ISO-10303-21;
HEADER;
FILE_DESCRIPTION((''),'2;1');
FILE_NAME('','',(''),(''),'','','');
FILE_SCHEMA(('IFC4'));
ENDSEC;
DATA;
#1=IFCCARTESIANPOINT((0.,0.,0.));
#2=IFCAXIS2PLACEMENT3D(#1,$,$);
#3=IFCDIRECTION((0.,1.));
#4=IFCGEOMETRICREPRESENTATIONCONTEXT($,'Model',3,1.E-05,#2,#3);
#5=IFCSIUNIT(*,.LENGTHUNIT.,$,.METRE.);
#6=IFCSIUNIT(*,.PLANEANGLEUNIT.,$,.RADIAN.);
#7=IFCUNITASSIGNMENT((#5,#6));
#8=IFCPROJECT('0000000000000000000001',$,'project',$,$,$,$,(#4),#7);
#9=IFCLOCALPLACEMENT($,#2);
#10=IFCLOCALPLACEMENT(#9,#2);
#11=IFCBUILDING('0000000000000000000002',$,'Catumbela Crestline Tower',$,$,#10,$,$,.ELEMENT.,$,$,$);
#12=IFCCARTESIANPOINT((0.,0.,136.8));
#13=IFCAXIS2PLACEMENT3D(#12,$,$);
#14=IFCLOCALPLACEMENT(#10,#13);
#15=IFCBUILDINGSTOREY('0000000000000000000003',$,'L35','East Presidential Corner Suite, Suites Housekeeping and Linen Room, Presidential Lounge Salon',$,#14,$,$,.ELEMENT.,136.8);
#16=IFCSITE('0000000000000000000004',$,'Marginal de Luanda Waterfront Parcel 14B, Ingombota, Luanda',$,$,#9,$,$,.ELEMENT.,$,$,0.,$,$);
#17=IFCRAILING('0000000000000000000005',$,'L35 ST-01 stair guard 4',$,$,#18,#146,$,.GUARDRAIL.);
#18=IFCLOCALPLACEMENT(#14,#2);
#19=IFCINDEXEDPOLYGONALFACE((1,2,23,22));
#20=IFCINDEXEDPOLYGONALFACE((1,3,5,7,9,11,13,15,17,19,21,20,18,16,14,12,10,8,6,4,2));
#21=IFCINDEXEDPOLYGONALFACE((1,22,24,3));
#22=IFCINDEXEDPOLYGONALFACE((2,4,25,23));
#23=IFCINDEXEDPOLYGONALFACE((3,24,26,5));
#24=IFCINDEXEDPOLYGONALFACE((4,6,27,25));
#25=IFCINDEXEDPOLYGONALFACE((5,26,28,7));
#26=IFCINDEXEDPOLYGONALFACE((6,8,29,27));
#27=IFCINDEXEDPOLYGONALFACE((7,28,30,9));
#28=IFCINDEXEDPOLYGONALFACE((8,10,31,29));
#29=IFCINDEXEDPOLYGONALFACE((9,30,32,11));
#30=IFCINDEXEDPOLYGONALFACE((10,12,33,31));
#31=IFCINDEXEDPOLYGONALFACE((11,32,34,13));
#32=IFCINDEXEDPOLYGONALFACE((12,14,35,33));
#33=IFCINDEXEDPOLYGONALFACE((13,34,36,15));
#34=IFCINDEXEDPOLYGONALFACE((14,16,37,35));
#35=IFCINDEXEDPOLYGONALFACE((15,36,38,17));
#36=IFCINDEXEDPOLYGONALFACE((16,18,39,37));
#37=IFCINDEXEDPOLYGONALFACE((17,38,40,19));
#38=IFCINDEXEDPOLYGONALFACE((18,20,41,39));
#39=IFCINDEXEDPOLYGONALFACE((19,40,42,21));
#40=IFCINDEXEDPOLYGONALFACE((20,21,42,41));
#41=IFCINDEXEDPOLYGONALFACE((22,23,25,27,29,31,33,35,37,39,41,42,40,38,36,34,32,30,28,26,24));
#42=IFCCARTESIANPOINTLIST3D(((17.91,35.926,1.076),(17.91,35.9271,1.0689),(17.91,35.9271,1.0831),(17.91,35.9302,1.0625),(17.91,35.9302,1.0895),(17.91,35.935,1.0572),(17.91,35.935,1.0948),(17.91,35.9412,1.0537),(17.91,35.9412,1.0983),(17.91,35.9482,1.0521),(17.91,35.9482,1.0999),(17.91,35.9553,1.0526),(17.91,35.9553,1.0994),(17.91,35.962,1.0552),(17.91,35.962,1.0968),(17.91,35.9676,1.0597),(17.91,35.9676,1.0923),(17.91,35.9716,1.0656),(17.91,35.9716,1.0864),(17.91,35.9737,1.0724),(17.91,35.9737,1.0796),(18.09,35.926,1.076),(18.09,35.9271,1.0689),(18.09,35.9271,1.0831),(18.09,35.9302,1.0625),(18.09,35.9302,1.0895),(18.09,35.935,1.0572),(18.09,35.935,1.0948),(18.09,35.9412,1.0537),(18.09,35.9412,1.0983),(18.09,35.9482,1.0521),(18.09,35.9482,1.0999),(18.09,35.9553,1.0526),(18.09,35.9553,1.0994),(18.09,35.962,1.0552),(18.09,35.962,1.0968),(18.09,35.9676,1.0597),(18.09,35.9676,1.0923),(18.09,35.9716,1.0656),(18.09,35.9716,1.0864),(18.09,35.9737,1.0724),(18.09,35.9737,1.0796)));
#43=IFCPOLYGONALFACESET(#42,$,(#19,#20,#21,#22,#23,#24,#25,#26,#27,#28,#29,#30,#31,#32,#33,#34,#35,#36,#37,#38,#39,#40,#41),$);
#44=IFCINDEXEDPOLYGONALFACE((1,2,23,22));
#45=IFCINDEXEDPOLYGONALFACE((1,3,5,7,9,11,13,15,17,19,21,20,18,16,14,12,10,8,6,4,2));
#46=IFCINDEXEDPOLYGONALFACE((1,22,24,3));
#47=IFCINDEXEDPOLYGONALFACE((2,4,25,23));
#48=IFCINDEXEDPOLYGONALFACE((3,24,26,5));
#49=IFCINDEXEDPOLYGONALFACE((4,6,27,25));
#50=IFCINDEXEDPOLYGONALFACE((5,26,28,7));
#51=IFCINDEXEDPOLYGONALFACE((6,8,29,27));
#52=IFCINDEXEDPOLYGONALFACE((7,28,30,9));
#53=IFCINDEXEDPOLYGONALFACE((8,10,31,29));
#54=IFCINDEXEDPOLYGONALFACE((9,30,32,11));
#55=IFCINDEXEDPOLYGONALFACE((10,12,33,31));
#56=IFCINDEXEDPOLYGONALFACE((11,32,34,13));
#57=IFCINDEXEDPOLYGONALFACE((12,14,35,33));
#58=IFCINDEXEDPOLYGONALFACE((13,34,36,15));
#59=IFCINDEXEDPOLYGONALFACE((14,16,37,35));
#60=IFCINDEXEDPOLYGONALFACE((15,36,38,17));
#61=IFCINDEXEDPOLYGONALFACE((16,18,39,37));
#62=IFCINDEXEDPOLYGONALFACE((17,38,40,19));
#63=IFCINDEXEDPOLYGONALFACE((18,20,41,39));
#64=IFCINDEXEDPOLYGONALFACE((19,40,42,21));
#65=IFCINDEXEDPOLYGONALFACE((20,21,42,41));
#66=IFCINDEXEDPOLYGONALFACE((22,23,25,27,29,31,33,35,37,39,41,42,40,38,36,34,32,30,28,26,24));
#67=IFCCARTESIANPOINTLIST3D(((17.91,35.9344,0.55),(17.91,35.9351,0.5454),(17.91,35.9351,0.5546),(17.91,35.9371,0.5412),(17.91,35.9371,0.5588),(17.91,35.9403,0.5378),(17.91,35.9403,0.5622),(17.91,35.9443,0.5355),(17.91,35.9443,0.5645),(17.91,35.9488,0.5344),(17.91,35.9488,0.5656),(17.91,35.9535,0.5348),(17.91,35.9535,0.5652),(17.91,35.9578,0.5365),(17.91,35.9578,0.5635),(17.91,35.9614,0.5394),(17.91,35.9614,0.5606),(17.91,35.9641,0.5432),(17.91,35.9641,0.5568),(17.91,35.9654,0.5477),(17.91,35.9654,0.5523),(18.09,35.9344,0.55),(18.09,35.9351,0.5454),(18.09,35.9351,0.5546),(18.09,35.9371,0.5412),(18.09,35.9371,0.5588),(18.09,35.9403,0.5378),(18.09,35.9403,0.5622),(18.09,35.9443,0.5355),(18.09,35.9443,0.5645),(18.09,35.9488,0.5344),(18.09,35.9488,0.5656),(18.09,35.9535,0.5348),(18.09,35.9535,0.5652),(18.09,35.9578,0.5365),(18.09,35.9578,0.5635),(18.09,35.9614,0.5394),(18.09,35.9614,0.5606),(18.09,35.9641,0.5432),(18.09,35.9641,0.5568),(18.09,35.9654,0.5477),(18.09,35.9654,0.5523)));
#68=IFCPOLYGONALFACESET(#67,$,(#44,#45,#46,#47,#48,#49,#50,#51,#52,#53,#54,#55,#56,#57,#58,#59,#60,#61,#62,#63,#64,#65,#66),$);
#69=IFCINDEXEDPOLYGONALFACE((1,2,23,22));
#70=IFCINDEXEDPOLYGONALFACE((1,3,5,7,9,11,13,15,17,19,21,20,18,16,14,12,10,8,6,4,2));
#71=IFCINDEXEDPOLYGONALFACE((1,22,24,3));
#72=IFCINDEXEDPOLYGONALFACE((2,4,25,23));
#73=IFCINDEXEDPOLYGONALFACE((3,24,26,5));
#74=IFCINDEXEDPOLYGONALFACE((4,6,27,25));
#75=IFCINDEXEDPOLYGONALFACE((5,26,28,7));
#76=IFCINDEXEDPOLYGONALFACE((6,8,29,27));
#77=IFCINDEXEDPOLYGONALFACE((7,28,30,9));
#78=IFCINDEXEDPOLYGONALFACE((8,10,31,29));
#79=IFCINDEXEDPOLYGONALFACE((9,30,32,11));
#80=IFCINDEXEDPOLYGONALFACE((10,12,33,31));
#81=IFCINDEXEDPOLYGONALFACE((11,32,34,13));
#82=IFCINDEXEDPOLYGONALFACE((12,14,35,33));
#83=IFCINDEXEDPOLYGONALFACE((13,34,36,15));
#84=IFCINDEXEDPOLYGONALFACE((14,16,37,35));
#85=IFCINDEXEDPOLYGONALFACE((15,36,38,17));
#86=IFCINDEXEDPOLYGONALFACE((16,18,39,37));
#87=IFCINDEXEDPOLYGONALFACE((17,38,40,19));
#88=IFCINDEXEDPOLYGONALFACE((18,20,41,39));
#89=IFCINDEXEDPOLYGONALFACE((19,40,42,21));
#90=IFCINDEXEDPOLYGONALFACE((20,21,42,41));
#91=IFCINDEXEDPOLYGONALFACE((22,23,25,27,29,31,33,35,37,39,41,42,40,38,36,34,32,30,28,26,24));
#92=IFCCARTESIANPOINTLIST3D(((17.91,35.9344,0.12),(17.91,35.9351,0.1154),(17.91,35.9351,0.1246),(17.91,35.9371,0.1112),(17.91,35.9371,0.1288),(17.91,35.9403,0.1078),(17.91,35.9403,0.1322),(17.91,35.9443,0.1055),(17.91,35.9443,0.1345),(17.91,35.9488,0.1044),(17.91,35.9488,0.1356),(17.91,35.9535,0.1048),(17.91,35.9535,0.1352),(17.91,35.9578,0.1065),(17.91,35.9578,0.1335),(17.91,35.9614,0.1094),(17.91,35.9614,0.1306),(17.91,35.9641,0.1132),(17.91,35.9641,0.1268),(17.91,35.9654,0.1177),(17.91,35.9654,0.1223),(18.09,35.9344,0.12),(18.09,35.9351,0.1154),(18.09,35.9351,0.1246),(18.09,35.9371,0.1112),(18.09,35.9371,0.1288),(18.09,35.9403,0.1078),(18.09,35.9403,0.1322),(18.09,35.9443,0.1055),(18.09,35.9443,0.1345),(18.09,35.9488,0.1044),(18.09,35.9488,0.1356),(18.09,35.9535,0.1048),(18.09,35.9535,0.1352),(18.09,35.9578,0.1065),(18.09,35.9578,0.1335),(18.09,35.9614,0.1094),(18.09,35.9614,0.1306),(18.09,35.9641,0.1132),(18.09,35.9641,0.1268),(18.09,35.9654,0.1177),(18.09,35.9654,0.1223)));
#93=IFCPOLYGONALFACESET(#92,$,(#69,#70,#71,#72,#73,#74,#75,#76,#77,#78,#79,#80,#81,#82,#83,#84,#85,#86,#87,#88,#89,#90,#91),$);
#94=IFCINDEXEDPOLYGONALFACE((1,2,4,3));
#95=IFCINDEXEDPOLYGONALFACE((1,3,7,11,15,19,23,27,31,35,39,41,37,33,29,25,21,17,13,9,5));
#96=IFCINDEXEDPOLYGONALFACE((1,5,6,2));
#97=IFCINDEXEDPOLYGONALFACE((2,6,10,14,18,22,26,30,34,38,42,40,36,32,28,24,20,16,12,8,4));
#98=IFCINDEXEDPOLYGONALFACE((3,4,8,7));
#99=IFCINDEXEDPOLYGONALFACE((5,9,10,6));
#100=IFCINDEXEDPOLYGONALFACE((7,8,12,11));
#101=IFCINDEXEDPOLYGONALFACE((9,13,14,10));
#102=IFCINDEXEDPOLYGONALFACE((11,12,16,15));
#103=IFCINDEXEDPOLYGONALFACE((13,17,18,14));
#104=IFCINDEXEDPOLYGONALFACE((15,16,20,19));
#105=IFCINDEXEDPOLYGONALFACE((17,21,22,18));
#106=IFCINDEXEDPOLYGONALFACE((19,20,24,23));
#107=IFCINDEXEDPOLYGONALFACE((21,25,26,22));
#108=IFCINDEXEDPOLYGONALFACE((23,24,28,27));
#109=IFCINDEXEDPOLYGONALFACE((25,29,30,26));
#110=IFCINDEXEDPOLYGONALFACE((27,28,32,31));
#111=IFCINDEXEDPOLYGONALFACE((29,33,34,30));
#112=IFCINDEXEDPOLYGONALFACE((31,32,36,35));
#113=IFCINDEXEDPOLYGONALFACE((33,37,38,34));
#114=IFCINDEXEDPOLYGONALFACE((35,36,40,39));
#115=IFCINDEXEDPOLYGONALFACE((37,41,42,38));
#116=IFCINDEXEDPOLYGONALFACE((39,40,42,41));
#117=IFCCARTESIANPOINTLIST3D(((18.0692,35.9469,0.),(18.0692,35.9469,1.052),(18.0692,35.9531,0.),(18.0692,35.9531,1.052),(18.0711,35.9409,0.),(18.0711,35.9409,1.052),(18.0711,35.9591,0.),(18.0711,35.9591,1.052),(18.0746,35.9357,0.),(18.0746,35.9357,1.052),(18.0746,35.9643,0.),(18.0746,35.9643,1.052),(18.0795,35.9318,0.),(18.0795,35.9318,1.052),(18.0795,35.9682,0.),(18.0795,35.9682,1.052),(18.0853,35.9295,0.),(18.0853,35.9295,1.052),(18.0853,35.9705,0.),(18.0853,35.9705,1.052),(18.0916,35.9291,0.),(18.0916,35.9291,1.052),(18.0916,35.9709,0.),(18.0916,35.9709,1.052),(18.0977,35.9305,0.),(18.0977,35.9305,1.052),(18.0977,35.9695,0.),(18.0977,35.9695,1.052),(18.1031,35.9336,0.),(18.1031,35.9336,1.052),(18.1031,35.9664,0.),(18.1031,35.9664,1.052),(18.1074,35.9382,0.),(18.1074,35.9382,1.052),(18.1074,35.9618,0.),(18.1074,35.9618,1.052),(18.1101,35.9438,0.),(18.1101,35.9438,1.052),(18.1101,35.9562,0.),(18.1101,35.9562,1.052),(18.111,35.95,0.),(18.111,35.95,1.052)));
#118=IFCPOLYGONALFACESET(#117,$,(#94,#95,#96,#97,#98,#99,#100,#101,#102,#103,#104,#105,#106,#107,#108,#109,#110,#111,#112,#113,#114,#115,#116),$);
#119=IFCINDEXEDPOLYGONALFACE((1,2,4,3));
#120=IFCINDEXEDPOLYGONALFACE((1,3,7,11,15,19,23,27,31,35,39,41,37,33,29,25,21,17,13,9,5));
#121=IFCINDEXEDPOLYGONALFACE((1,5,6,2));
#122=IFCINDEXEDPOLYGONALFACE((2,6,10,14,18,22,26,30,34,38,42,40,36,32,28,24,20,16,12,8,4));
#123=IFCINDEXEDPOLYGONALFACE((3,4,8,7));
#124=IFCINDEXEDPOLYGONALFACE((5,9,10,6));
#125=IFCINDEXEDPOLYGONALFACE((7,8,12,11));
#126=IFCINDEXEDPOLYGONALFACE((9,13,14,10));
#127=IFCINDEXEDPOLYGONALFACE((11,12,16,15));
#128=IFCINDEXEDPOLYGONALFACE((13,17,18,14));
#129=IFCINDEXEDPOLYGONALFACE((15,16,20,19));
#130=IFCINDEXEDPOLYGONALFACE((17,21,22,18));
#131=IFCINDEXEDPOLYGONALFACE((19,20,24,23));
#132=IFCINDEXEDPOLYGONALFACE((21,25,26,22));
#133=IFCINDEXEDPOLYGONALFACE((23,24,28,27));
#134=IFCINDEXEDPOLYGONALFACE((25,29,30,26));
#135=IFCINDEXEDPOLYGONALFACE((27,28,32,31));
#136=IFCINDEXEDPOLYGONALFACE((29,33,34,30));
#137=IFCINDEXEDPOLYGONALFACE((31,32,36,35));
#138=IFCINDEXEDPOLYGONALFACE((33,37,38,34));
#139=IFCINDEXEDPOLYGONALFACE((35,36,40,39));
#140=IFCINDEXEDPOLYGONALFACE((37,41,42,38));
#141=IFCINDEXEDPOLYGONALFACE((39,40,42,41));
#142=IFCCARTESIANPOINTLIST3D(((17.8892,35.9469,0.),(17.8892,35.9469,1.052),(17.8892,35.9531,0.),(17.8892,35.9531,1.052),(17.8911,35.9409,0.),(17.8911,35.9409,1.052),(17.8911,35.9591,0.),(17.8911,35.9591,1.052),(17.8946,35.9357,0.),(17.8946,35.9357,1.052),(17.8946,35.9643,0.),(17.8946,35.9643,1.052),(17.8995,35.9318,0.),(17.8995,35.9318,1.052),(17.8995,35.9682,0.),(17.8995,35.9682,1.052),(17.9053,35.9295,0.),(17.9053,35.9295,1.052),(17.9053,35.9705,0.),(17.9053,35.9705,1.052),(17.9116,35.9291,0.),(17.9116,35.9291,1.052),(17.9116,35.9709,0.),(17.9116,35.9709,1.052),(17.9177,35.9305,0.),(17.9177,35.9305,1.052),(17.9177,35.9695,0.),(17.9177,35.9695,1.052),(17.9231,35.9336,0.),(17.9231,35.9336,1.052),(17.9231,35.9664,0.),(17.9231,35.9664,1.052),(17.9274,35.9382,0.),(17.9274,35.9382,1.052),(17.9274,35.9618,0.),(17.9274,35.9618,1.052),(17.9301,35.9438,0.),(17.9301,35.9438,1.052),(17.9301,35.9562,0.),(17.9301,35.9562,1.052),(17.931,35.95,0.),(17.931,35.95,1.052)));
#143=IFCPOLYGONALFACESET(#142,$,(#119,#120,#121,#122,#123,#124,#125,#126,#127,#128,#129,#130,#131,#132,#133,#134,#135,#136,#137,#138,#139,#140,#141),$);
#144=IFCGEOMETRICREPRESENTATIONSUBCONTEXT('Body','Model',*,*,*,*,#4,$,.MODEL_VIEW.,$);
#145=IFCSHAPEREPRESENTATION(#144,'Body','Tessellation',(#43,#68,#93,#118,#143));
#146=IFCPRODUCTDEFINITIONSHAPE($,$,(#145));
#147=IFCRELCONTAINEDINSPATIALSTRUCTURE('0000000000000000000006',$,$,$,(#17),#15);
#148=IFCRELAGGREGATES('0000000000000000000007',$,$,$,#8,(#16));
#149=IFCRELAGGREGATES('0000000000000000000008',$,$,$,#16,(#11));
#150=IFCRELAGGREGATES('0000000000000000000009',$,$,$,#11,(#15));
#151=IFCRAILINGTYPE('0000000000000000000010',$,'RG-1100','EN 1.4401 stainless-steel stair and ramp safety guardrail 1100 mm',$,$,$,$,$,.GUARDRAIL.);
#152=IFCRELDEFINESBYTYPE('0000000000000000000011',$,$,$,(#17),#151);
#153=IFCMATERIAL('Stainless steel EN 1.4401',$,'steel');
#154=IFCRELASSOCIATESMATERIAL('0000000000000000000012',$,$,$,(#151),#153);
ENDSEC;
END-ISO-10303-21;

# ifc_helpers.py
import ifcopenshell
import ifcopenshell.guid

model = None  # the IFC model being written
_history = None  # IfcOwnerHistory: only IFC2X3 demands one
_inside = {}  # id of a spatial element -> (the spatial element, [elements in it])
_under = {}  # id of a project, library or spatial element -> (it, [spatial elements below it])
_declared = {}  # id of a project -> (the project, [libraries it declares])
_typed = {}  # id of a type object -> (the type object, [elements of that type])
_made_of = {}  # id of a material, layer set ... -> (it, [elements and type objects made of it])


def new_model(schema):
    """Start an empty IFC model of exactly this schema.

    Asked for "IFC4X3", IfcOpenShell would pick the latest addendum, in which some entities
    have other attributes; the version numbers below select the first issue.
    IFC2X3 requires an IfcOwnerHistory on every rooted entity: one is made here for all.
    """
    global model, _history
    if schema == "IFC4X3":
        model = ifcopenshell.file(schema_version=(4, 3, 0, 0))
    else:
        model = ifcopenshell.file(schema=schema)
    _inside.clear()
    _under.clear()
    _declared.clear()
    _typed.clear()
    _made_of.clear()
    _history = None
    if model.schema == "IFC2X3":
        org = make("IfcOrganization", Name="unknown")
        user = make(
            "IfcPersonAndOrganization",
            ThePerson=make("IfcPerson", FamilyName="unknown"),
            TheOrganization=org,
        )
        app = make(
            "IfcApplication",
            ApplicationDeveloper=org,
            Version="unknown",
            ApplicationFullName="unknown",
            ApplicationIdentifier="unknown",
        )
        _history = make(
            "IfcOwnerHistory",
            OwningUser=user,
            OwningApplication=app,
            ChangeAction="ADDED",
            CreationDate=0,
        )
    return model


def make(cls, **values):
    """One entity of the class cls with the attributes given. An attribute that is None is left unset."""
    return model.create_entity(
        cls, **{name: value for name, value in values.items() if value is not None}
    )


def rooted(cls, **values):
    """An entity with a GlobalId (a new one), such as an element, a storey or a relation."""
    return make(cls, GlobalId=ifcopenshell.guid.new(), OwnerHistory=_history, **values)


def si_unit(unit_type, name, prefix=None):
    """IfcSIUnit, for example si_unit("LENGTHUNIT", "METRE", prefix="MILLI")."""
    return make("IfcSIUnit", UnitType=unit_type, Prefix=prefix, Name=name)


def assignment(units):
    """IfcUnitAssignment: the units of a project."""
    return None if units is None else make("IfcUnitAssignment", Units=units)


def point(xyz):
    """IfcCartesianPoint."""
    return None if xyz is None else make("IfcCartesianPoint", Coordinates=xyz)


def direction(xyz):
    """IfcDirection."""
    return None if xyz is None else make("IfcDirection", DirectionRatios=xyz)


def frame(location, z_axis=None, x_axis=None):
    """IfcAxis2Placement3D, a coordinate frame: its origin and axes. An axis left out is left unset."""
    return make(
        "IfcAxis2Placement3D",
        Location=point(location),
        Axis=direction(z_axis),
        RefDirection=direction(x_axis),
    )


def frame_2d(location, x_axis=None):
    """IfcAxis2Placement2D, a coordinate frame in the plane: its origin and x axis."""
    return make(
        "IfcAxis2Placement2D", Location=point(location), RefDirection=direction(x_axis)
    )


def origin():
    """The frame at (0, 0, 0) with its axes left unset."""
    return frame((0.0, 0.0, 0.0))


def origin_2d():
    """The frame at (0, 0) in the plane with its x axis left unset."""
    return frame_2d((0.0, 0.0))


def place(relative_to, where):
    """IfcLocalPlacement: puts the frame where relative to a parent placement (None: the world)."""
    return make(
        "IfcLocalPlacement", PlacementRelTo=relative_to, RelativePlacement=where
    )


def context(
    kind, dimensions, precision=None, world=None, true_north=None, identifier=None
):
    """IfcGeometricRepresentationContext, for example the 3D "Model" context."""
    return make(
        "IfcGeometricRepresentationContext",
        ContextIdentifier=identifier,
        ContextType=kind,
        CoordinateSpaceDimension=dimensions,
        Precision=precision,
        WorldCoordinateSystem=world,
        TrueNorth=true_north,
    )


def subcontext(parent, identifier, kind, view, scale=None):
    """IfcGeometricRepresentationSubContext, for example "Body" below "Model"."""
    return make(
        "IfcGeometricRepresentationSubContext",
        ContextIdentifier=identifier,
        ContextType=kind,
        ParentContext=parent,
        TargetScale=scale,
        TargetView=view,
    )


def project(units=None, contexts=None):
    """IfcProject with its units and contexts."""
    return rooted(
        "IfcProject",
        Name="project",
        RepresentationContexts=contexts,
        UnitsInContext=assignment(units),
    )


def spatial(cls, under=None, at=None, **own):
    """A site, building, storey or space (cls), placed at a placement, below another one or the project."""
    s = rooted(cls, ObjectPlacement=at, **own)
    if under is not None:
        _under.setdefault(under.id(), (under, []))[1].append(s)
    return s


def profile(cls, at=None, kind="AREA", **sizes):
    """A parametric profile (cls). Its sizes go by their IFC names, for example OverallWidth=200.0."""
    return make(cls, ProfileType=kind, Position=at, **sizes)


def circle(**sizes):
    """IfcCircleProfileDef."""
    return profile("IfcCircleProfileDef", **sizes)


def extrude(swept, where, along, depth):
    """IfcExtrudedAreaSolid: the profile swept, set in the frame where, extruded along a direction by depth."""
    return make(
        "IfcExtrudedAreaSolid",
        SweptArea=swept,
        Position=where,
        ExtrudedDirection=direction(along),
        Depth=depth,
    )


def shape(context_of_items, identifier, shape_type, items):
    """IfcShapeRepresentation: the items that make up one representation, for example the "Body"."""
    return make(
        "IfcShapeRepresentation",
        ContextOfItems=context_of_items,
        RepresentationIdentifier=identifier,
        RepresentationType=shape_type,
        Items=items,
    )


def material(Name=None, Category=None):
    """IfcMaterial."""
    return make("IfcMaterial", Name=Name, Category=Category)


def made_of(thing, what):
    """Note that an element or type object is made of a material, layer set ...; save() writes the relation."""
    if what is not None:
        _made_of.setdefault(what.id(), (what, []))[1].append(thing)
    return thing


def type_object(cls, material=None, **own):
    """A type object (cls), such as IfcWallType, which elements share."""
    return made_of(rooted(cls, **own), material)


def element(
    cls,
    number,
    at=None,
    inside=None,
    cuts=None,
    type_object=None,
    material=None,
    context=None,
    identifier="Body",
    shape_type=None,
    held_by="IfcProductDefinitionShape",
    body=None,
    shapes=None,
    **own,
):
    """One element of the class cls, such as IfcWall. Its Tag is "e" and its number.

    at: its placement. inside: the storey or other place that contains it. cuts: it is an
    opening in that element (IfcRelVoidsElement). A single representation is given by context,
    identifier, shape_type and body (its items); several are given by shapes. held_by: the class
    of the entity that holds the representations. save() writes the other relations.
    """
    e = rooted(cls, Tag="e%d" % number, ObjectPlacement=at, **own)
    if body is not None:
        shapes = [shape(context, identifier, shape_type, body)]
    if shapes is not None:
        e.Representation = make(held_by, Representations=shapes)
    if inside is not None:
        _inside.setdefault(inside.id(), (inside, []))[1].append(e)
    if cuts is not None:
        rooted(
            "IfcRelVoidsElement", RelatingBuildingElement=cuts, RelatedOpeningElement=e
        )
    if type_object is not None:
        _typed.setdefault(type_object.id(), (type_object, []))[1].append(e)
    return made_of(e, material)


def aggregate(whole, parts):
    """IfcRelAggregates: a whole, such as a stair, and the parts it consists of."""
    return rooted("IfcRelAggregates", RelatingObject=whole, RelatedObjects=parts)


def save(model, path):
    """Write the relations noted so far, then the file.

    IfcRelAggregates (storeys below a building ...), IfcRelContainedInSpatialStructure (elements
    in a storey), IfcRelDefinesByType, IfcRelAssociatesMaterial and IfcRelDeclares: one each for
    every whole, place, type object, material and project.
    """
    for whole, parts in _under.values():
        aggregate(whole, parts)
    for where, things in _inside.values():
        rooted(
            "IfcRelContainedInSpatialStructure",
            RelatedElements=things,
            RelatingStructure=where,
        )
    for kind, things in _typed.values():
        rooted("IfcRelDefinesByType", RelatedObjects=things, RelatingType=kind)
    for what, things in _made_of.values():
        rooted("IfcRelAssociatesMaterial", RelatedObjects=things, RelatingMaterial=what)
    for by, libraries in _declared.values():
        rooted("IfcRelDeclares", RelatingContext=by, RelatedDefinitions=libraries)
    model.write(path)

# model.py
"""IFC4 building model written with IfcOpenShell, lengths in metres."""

from ifc_helpers import new_model, si_unit, direction, frame, origin, origin_2d, place, context, subcontext, project, spatial, circle, extrude, material, type_object, element, save


model = new_model("IFC4")

# Units and contexts
model_context = context("Model", 3, precision=1e-05, world=origin(), true_north=direction((0.0, 1.0)))
body_context = subcontext(model_context, "Body", "Model", "MODEL_VIEW")
ifc_project = project(units=[si_unit("LENGTHUNIT", "METRE"), si_unit("PLANEANGLEUNIT", "RADIAN")], contexts=[model_context])

# Site, building, storey
site_placement = place(None, origin())
site = spatial("IfcSite", under=ifc_project, at=site_placement, Name="Marginal de Luanda Waterfront Parcel 14B, Ingombota, Luanda", CompositionType="ELEMENT", RefElevation=0.0)
building_placement = place(site_placement, origin())
building = spatial("IfcBuilding", under=site, at=building_placement, Name="Catumbela Crestline Tower", CompositionType="ELEMENT")
storey_placement = place(building_placement, frame((0.0, 0.0, 136.8)))
storey = spatial("IfcBuildingStorey", under=building, at=storey_placement, Name="L35", Description="East Presidential Corner Suite, Suites Housekeeping and Linen Room, Presidential Lounge Salon", CompositionType="ELEMENT", Elevation=136.8)

# Shared definitions
ifc_material_1 = material(Name="Stainless steel EN 1.4401", Category="steel")

# Railing
railing_type = type_object("IfcRailingType", Name="RG-1100", Description="EN 1.4401 stainless-steel stair and ramp safety guardrail 1100 mm", PredefinedType="GUARDRAIL", material=ifc_material_1)
railing_1_placement = place(storey_placement, frame((18.09, 35.95, 0.0)))
element("IfcRailing", 1, at=railing_1_placement, inside=storey, type_object=railing_type, Name="L35 ST-01 stair guard 4", PredefinedType="GUARDRAIL", context=body_context, shape_type="SweptSolid", body=[
    extrude(circle(Radius=0.024, at=origin_2d()), frame((0.0, 0.0, 1.076), z_axis=(-1.0, 0.0, 0.0), x_axis=(0.0, -1.0, 0.0)), (0.0, 0.0, 1.0), 0.18),
    extrude(circle(Radius=0.0156, at=origin_2d()), frame((0.0, 0.0, 0.55), z_axis=(-1.0, 0.0, 0.0), x_axis=(0.0, -1.0, 0.0)), (0.0, 0.0, 1.0), 0.18),
    extrude(circle(Radius=0.0156, at=origin_2d()), frame((0.0, 0.0, 0.12), z_axis=(-1.0, 0.0, 0.0), x_axis=(0.0, -1.0, 0.0)), (0.0, 0.0, 1.0), 0.18),
    extrude(circle(Radius=0.021, at=origin_2d()), origin(), (0.0, 0.0, 1.0), 1.052),
    extrude(circle(Radius=0.021, at=origin_2d()), frame((-0.18, 0.0, 0.0)), (0.0, 0.0, 1.0), 1.052),
])

save(model, "model.ifc")
